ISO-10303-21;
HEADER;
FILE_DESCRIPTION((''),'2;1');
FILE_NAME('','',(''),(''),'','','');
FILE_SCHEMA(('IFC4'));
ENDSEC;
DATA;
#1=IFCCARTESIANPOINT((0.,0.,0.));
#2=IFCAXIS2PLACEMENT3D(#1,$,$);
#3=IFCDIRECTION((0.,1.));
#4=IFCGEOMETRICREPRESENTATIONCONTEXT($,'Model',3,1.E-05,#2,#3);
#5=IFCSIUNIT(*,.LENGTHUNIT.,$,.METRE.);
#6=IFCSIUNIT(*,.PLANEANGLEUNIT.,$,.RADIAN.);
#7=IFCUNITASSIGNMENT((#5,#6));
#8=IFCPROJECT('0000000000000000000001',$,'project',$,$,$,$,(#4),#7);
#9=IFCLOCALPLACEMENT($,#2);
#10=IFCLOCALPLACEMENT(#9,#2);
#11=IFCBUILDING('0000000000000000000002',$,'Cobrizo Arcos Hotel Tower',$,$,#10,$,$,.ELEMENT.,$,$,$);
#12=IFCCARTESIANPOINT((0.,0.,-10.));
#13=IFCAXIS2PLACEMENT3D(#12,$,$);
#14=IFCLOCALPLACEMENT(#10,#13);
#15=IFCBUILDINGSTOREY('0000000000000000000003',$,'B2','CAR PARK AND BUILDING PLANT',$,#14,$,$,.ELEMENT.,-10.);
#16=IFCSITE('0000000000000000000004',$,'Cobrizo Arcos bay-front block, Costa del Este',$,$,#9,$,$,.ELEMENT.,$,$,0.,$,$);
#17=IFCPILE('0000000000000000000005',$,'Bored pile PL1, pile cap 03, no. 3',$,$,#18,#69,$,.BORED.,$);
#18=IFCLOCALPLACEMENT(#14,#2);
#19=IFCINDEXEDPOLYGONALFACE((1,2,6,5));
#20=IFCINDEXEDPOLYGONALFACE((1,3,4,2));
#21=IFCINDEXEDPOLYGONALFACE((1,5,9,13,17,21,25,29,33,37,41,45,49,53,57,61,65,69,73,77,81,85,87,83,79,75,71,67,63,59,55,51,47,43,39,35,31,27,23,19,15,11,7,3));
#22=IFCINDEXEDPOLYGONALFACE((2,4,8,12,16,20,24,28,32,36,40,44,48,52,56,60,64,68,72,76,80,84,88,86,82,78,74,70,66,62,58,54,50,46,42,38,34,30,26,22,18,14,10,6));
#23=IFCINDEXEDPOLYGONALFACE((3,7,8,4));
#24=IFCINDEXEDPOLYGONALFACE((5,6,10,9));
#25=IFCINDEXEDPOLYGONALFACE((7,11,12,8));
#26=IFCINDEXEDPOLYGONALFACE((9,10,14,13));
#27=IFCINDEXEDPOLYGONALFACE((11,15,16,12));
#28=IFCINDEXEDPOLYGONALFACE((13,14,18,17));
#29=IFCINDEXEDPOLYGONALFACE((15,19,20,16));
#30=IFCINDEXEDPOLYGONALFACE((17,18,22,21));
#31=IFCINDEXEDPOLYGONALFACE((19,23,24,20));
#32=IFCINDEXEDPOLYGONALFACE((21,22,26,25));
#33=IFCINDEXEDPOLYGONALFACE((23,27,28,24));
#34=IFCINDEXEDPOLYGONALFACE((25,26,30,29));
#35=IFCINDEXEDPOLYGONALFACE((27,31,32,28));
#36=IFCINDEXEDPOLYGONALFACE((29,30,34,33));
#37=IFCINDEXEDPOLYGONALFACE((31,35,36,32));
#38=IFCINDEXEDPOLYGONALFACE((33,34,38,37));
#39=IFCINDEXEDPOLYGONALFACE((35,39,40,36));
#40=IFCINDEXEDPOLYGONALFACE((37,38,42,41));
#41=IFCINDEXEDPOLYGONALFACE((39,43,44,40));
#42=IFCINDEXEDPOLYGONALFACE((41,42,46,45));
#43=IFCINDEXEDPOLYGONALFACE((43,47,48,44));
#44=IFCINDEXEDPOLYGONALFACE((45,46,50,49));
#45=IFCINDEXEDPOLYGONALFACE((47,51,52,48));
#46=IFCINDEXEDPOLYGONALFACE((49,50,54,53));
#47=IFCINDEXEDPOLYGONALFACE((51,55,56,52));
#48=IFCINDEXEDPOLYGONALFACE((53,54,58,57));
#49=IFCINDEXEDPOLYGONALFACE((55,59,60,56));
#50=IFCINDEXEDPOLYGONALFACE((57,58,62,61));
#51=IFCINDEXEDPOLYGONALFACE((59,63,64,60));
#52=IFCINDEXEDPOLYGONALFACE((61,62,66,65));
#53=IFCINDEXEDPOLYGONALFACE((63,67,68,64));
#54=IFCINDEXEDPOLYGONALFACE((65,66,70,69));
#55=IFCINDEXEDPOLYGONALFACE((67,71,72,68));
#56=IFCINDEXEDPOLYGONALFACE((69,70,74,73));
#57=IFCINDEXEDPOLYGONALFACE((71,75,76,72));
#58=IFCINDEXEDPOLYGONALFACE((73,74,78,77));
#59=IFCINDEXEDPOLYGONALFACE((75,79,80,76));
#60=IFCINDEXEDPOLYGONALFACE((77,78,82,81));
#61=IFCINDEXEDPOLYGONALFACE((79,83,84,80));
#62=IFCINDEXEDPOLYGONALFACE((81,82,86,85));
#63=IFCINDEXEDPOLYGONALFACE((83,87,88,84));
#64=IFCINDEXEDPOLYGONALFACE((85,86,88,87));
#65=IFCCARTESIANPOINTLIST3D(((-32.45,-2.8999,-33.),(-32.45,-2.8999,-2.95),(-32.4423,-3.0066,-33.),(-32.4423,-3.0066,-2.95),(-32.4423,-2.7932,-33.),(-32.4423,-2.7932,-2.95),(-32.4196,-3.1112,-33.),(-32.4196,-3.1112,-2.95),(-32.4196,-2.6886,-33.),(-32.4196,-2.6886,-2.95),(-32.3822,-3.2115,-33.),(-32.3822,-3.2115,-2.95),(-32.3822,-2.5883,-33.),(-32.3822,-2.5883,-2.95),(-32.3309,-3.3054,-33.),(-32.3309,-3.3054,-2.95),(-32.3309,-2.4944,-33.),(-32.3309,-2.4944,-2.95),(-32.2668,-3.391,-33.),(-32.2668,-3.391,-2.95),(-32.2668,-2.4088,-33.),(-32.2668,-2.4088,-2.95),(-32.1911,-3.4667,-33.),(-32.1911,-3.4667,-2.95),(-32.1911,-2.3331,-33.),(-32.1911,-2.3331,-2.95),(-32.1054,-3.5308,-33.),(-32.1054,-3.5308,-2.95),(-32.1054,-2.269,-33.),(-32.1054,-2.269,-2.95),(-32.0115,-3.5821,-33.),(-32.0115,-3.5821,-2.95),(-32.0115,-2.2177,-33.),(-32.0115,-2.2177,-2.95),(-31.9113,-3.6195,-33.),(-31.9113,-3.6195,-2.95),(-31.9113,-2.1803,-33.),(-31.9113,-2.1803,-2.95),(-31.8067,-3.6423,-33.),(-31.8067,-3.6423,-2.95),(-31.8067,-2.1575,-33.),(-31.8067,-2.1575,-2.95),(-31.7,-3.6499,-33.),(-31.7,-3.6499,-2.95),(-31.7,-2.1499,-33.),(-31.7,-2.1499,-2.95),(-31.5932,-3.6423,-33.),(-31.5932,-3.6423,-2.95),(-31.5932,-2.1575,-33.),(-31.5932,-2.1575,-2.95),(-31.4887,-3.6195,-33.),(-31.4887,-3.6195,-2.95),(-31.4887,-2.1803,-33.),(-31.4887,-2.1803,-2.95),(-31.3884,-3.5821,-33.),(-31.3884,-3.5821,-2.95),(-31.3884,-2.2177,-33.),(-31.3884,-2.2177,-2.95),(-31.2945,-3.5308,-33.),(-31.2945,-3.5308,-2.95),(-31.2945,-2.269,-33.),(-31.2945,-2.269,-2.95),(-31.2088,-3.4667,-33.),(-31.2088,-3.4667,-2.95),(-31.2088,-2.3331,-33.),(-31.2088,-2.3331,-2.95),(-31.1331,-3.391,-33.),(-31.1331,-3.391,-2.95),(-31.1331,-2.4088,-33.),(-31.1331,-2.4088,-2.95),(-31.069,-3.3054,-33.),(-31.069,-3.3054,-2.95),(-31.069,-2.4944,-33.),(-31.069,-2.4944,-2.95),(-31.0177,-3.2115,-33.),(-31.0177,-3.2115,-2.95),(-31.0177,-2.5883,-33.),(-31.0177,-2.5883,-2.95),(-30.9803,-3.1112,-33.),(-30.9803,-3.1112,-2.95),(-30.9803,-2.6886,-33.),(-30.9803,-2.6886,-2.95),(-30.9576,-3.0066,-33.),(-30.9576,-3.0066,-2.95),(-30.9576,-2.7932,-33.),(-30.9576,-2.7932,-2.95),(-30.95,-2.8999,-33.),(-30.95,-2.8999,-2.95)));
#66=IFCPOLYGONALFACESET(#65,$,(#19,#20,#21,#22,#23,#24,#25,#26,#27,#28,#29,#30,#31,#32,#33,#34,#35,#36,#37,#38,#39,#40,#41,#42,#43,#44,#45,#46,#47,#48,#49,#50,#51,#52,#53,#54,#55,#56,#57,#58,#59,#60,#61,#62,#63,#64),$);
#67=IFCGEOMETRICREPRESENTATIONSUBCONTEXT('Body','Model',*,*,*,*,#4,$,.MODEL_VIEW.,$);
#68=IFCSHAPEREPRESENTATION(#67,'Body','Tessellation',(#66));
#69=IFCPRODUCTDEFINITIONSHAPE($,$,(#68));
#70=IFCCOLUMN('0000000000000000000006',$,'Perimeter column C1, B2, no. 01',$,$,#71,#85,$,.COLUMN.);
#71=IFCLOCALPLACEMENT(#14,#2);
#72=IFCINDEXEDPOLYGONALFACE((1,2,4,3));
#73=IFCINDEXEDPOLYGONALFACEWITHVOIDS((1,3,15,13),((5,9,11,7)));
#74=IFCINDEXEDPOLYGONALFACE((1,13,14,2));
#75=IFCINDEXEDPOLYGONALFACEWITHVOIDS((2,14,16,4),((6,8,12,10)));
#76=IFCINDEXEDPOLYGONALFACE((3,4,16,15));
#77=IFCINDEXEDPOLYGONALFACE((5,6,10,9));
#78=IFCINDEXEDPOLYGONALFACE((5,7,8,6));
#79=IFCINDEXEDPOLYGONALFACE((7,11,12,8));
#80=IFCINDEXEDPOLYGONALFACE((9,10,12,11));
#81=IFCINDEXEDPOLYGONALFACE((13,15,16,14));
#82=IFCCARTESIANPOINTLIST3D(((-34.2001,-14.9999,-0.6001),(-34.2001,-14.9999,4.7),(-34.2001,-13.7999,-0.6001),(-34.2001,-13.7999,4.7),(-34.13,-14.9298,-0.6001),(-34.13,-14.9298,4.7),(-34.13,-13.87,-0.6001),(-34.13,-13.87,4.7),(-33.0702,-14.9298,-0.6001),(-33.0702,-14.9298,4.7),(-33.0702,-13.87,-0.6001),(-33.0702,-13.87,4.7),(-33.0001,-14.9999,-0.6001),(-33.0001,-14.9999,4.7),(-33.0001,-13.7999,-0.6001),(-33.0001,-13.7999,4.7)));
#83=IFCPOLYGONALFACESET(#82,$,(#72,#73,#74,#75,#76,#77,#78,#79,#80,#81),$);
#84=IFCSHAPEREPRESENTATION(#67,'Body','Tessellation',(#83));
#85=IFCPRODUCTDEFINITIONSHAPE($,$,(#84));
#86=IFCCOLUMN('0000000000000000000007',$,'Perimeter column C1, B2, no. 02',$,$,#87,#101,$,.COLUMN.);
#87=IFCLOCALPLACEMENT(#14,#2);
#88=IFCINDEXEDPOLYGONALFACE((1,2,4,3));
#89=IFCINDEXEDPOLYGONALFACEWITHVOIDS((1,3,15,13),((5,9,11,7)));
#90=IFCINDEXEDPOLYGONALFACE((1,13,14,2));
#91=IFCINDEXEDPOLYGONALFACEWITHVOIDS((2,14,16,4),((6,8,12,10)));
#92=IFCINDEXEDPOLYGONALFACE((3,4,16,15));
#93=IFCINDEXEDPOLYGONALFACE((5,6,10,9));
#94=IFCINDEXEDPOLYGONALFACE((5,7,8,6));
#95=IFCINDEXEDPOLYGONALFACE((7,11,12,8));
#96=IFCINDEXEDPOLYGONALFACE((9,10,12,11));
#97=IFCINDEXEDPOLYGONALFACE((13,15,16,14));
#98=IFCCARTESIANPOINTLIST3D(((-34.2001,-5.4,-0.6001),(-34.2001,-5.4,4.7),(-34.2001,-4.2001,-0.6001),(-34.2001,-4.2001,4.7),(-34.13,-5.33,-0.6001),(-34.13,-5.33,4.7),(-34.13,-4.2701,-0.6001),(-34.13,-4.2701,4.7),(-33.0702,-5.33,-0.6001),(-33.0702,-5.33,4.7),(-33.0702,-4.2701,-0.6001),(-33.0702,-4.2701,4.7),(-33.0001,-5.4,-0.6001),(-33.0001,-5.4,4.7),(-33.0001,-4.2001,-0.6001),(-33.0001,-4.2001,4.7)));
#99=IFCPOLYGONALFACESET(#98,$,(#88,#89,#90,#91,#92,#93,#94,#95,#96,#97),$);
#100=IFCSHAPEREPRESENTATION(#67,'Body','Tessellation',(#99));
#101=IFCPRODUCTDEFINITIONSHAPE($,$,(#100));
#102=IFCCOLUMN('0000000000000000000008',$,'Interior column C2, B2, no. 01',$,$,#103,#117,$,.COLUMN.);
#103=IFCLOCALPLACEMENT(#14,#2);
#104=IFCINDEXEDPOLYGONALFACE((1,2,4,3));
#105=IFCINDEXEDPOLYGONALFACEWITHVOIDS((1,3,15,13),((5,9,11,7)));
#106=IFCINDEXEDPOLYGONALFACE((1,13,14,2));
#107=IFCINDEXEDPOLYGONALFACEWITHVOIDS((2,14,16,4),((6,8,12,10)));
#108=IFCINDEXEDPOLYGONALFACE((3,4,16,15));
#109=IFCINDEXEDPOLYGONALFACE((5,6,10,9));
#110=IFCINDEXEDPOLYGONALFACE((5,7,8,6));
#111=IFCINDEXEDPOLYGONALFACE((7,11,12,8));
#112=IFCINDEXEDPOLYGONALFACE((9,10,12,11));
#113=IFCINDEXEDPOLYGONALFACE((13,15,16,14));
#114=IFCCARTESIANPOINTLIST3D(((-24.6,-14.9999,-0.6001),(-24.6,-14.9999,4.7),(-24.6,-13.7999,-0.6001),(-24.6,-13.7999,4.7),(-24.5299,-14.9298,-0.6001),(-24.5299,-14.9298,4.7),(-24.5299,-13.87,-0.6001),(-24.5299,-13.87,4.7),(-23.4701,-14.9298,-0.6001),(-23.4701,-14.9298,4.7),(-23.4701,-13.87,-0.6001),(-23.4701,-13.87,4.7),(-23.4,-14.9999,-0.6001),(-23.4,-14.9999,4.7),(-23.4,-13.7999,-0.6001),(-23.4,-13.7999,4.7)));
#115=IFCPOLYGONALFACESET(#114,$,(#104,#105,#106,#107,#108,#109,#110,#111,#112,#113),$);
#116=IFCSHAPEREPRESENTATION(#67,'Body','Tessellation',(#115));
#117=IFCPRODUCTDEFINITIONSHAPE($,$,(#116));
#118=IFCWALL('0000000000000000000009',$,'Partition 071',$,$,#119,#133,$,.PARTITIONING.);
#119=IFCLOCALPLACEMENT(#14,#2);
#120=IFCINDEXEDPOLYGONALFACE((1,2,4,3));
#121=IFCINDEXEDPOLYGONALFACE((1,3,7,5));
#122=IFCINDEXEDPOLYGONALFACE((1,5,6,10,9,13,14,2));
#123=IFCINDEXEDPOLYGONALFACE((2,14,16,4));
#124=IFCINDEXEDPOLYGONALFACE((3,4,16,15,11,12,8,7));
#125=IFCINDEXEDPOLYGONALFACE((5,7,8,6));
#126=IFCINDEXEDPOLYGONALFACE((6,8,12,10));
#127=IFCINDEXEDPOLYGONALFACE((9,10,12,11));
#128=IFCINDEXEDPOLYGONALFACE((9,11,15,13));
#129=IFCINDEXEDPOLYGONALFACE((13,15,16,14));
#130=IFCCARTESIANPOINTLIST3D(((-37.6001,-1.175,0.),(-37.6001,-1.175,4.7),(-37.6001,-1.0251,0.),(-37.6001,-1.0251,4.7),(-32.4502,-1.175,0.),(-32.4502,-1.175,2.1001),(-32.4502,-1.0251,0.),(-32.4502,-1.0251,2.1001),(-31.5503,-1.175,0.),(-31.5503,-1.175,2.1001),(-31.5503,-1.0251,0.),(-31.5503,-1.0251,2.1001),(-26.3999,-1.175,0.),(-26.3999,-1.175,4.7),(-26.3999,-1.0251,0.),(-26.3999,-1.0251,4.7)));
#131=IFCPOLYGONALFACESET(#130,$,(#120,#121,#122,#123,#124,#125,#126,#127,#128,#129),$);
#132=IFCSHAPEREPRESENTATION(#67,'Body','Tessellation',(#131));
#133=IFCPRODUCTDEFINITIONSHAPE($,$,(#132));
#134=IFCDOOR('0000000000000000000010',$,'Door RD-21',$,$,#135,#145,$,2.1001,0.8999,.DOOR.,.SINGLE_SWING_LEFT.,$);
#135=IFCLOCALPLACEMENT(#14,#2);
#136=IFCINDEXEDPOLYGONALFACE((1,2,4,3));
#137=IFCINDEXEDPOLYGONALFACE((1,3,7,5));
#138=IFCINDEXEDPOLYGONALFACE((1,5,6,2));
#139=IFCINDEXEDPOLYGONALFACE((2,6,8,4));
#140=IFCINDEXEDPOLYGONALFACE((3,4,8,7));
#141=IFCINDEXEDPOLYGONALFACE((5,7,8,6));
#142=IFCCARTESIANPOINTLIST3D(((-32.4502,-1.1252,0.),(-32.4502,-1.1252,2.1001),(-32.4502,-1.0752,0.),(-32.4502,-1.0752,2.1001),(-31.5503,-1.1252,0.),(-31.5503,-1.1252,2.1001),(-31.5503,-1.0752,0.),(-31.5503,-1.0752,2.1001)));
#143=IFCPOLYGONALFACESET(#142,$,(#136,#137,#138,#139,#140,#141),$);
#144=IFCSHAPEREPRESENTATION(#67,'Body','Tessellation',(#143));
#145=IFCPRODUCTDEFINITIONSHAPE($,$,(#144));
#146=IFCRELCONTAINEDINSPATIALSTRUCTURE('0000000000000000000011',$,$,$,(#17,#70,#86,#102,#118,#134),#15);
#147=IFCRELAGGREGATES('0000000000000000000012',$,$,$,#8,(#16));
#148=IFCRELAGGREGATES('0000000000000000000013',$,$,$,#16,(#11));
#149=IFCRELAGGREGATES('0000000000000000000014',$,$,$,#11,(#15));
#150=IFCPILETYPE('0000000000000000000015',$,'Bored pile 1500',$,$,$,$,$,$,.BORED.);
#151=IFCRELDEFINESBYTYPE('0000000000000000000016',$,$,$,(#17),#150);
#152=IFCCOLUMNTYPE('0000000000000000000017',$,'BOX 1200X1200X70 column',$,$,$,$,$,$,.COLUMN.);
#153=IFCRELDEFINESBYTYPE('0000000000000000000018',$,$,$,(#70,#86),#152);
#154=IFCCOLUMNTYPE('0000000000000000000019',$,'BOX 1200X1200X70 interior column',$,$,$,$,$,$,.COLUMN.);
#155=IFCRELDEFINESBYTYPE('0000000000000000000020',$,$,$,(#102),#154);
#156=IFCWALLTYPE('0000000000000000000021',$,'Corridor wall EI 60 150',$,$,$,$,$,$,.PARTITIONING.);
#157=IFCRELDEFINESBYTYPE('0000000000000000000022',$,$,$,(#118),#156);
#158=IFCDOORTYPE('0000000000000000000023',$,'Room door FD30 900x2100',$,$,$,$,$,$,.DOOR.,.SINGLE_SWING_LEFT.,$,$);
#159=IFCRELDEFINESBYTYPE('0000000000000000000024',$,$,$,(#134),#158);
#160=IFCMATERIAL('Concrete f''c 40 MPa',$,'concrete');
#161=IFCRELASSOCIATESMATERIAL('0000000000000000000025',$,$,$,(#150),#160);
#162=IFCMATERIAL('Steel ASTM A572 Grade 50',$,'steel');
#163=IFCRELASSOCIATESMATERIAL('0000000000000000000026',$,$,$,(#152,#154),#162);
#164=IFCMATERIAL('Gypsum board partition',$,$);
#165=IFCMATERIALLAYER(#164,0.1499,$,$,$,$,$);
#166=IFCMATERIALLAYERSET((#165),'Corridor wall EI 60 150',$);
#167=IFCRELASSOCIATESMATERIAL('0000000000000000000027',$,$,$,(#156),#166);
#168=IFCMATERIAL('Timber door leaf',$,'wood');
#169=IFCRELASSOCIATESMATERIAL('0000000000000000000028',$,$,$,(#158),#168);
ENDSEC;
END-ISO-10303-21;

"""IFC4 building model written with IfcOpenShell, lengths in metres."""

from ifc_helpers import new_model, si_unit, direction, frame, frame_2d, origin, origin_2d, place, context, subcontext, project, spatial, rectangle, hollow_rectangle, circle, extrude, material, layer, layer_set, material_profile, profile_set, type_object, element, fill, save


model = new_model("IFC4")

# Units and contexts
model_context = context("Model", 3, precision=1e-05, world=origin(), true_north=direction((0.0, 1.0)))
body_context = subcontext(model_context, "Body", "Model", "MODEL_VIEW")
ifc_project = project(units=[si_unit("LENGTHUNIT", "METRE"), si_unit("PLANEANGLEUNIT", "RADIAN")], contexts=[model_context])

# Site, building, storey
site_placement = place(None, origin())
site = spatial("IfcSite", under=ifc_project, at=site_placement, Name="Cobrizo Arcos bay-front block, Costa del Este", CompositionType="ELEMENT", RefElevation=0.0)
building_placement = place(site_placement, origin())
building = spatial("IfcBuilding", under=site, at=building_placement, Name="Cobrizo Arcos Hotel Tower", CompositionType="ELEMENT")
storey_placement = place(building_placement, frame((0.0, 0.0, -10.0)))
storey = spatial("IfcBuildingStorey", under=building, at=storey_placement, Name="B2", Description="CAR PARK AND BUILDING PLANT", CompositionType="ELEMENT", Elevation=-10.0)

# Pile
ifc_material_1 = material(Name="Concrete f'c 40 MPa", Category="concrete")
ifc_material_profile_1 = material_profile(ifc_material_1, circle(Radius=0.75, at=origin_2d()), Name="BORED PILE 1500")
ifc_profile_set_1 = profile_set([ifc_material_profile_1], Name="Concrete f'c 40 MPa")
pile_type = type_object("IfcPileType", Name="Bored pile 1500", PredefinedType="BORED", material=ifc_profile_set_1)
for number, where, z_axis, x_axis, name in (
    (1, (-31.7, -2.8999, -2.95), (0.0, 0.0, -1.0), (1.0, 0.0, 0.0), "Bored pile PL1, pile cap 03, no. 3"),
):
    element("IfcPile", number, at=place(storey_placement, frame(where, z_axis=z_axis, x_axis=x_axis)), inside=storey, type_object=pile_type, Name=name, PredefinedType="BORED", context=body_context, shape_type="SweptSolid", body=[
        extrude(circle(Radius=0.75, at=origin_2d()), origin(), (0.0, 0.0, 1.0), 30.05),
    ])

# Columns
ifc_material_2 = material(Name="Steel ASTM A572 Grade 50", Category="steel")
ifc_material_profile_2 = material_profile(ifc_material_2, hollow_rectangle(XDim=1.2, YDim=1.2, WallThickness=0.0701, at=origin_2d()), Name="BOX 1200X1200X70")
ifc_profile_set_2 = profile_set([ifc_material_profile_2], Name="Steel ASTM A572 Grade 50")
column_type_1 = type_object("IfcColumnType", Name="BOX 1200X1200X70 column", PredefinedType="COLUMN", material=ifc_profile_set_2)
for number, where, z_axis, x_axis, name in (
    (2, (-33.6001, -14.3999, -0.6001), (0.0, 0.0, 1.0), (1.0, 0.0, 0.0), "Perimeter column C1, B2, no. 01"),
    (3, (-33.6001, -4.8, -0.6001), (0.0, 0.0, 1.0), (1.0, 0.0, 0.0), "Perimeter column C1, B2, no. 02"),
):
    element("IfcColumn", number, at=place(storey_placement, frame(where, z_axis=z_axis, x_axis=x_axis)), inside=storey, type_object=column_type_1, Name=name, PredefinedType="COLUMN", context=body_context, shape_type="SweptSolid", body=[
        extrude(hollow_rectangle(XDim=1.2, YDim=1.2, WallThickness=0.0701, at=origin_2d()), origin(), (0.0, 0.0, 1.0), 5.3),
    ])
ifc_material_profile_3 = material_profile(ifc_material_2, hollow_rectangle(XDim=1.2, YDim=1.2, WallThickness=0.0701, at=origin_2d()), Name="BOX 1200X1200X70")
ifc_profile_set_3 = profile_set([ifc_material_profile_3], Name="Steel ASTM A572 Grade 50")
column_type_2 = type_object("IfcColumnType", Name="BOX 1200X1200X70 interior column", PredefinedType="COLUMN", material=ifc_profile_set_3)
column_placement = place(storey_placement, frame((-24.0, -14.3999, -0.6001), z_axis=(0.0, 0.0, 1.0), x_axis=(1.0, 0.0, 0.0)))
element("IfcColumn", 4, at=column_placement, inside=storey, type_object=column_type_2, Name="Interior column C2, B2, no. 01", PredefinedType="COLUMN", context=body_context, shape_type="SweptSolid", body=[
    extrude(hollow_rectangle(XDim=1.2, YDim=1.2, WallThickness=0.0701, at=origin_2d()), origin(), (0.0, 0.0, 1.0), 5.3),
])

# Wall, opening, door
ifc_material_3 = material(Name="Gypsum board partition")
ifc_layer_1 = layer(ifc_material_3, 0.1499)
ifc_layer_set_1 = layer_set([ifc_layer_1], Name="Corridor wall EI 60 150")
wall_type_1 = type_object("IfcWallType", Name="Corridor wall EI 60 150", PredefinedType="PARTITIONING", material=ifc_layer_set_1)
wall_1_placement = place(storey_placement, frame((-37.6001, -1.1001, 0.0), z_axis=(0.0, 0.0, 1.0), x_axis=(1.0, 0.0, 0.0)))
wall_1 = element("IfcWall", 5, at=wall_1_placement, inside=storey, type_object=wall_type_1, Name="Partition 071", PredefinedType="PARTITIONING", context=body_context, shape_type="SweptSolid", body=[
    extrude(rectangle(XDim=11.2002, YDim=0.1499, at=frame_2d((5.6001, 0.0))), origin(), (0.0, 0.0, 1.0), 4.7),
])
opening_1_placement = place(wall_1_placement, frame((5.1499, 0.0, 0.0)))
opening_1 = element("IfcOpeningElement", 6, at=opening_1_placement, cuts=wall_1, PredefinedType="OPENING", context=body_context, shape_type="SweptSolid", body=[
    extrude(rectangle(XDim=0.8999, YDim=2.1001, at=frame_2d((0.45, 1.05))), frame((0.0, 0.0869, 0.0), z_axis=(0.0, -1.0, 0.0), x_axis=(1.0, 0.0, 0.0)), (0.0, 0.0, 1.0), 0.1738),
])
ifc_material_4 = material(Name="Timber door leaf", Category="wood")
door_type = type_object("IfcDoorType", Name="Room door FD30 900x2100", OperationType="SINGLE_SWING_LEFT", PredefinedType="DOOR", material=ifc_material_4)
door_1_placement = place(opening_1_placement, origin())
door_1 = element("IfcDoor", 7, at=door_1_placement, inside=storey, type_object=door_type, Name="Door RD-21", OperationType="SINGLE_SWING_LEFT", OverallHeight=2.1001, OverallWidth=0.8999, PredefinedType="DOOR", context=body_context, shape_type="SweptSolid", body=[
    extrude(rectangle(XDim=0.8999, YDim=2.1001, at=frame_2d((0.45, 1.05))), frame((0.0, 0.0249, 0.0), z_axis=(0.0, -1.0, 0.0), x_axis=(1.0, 0.0, 0.0)), (0.0, 0.0, 1.0), 0.05),
])
fill(opening_1, door_1)

save(model, "model.ifc")
